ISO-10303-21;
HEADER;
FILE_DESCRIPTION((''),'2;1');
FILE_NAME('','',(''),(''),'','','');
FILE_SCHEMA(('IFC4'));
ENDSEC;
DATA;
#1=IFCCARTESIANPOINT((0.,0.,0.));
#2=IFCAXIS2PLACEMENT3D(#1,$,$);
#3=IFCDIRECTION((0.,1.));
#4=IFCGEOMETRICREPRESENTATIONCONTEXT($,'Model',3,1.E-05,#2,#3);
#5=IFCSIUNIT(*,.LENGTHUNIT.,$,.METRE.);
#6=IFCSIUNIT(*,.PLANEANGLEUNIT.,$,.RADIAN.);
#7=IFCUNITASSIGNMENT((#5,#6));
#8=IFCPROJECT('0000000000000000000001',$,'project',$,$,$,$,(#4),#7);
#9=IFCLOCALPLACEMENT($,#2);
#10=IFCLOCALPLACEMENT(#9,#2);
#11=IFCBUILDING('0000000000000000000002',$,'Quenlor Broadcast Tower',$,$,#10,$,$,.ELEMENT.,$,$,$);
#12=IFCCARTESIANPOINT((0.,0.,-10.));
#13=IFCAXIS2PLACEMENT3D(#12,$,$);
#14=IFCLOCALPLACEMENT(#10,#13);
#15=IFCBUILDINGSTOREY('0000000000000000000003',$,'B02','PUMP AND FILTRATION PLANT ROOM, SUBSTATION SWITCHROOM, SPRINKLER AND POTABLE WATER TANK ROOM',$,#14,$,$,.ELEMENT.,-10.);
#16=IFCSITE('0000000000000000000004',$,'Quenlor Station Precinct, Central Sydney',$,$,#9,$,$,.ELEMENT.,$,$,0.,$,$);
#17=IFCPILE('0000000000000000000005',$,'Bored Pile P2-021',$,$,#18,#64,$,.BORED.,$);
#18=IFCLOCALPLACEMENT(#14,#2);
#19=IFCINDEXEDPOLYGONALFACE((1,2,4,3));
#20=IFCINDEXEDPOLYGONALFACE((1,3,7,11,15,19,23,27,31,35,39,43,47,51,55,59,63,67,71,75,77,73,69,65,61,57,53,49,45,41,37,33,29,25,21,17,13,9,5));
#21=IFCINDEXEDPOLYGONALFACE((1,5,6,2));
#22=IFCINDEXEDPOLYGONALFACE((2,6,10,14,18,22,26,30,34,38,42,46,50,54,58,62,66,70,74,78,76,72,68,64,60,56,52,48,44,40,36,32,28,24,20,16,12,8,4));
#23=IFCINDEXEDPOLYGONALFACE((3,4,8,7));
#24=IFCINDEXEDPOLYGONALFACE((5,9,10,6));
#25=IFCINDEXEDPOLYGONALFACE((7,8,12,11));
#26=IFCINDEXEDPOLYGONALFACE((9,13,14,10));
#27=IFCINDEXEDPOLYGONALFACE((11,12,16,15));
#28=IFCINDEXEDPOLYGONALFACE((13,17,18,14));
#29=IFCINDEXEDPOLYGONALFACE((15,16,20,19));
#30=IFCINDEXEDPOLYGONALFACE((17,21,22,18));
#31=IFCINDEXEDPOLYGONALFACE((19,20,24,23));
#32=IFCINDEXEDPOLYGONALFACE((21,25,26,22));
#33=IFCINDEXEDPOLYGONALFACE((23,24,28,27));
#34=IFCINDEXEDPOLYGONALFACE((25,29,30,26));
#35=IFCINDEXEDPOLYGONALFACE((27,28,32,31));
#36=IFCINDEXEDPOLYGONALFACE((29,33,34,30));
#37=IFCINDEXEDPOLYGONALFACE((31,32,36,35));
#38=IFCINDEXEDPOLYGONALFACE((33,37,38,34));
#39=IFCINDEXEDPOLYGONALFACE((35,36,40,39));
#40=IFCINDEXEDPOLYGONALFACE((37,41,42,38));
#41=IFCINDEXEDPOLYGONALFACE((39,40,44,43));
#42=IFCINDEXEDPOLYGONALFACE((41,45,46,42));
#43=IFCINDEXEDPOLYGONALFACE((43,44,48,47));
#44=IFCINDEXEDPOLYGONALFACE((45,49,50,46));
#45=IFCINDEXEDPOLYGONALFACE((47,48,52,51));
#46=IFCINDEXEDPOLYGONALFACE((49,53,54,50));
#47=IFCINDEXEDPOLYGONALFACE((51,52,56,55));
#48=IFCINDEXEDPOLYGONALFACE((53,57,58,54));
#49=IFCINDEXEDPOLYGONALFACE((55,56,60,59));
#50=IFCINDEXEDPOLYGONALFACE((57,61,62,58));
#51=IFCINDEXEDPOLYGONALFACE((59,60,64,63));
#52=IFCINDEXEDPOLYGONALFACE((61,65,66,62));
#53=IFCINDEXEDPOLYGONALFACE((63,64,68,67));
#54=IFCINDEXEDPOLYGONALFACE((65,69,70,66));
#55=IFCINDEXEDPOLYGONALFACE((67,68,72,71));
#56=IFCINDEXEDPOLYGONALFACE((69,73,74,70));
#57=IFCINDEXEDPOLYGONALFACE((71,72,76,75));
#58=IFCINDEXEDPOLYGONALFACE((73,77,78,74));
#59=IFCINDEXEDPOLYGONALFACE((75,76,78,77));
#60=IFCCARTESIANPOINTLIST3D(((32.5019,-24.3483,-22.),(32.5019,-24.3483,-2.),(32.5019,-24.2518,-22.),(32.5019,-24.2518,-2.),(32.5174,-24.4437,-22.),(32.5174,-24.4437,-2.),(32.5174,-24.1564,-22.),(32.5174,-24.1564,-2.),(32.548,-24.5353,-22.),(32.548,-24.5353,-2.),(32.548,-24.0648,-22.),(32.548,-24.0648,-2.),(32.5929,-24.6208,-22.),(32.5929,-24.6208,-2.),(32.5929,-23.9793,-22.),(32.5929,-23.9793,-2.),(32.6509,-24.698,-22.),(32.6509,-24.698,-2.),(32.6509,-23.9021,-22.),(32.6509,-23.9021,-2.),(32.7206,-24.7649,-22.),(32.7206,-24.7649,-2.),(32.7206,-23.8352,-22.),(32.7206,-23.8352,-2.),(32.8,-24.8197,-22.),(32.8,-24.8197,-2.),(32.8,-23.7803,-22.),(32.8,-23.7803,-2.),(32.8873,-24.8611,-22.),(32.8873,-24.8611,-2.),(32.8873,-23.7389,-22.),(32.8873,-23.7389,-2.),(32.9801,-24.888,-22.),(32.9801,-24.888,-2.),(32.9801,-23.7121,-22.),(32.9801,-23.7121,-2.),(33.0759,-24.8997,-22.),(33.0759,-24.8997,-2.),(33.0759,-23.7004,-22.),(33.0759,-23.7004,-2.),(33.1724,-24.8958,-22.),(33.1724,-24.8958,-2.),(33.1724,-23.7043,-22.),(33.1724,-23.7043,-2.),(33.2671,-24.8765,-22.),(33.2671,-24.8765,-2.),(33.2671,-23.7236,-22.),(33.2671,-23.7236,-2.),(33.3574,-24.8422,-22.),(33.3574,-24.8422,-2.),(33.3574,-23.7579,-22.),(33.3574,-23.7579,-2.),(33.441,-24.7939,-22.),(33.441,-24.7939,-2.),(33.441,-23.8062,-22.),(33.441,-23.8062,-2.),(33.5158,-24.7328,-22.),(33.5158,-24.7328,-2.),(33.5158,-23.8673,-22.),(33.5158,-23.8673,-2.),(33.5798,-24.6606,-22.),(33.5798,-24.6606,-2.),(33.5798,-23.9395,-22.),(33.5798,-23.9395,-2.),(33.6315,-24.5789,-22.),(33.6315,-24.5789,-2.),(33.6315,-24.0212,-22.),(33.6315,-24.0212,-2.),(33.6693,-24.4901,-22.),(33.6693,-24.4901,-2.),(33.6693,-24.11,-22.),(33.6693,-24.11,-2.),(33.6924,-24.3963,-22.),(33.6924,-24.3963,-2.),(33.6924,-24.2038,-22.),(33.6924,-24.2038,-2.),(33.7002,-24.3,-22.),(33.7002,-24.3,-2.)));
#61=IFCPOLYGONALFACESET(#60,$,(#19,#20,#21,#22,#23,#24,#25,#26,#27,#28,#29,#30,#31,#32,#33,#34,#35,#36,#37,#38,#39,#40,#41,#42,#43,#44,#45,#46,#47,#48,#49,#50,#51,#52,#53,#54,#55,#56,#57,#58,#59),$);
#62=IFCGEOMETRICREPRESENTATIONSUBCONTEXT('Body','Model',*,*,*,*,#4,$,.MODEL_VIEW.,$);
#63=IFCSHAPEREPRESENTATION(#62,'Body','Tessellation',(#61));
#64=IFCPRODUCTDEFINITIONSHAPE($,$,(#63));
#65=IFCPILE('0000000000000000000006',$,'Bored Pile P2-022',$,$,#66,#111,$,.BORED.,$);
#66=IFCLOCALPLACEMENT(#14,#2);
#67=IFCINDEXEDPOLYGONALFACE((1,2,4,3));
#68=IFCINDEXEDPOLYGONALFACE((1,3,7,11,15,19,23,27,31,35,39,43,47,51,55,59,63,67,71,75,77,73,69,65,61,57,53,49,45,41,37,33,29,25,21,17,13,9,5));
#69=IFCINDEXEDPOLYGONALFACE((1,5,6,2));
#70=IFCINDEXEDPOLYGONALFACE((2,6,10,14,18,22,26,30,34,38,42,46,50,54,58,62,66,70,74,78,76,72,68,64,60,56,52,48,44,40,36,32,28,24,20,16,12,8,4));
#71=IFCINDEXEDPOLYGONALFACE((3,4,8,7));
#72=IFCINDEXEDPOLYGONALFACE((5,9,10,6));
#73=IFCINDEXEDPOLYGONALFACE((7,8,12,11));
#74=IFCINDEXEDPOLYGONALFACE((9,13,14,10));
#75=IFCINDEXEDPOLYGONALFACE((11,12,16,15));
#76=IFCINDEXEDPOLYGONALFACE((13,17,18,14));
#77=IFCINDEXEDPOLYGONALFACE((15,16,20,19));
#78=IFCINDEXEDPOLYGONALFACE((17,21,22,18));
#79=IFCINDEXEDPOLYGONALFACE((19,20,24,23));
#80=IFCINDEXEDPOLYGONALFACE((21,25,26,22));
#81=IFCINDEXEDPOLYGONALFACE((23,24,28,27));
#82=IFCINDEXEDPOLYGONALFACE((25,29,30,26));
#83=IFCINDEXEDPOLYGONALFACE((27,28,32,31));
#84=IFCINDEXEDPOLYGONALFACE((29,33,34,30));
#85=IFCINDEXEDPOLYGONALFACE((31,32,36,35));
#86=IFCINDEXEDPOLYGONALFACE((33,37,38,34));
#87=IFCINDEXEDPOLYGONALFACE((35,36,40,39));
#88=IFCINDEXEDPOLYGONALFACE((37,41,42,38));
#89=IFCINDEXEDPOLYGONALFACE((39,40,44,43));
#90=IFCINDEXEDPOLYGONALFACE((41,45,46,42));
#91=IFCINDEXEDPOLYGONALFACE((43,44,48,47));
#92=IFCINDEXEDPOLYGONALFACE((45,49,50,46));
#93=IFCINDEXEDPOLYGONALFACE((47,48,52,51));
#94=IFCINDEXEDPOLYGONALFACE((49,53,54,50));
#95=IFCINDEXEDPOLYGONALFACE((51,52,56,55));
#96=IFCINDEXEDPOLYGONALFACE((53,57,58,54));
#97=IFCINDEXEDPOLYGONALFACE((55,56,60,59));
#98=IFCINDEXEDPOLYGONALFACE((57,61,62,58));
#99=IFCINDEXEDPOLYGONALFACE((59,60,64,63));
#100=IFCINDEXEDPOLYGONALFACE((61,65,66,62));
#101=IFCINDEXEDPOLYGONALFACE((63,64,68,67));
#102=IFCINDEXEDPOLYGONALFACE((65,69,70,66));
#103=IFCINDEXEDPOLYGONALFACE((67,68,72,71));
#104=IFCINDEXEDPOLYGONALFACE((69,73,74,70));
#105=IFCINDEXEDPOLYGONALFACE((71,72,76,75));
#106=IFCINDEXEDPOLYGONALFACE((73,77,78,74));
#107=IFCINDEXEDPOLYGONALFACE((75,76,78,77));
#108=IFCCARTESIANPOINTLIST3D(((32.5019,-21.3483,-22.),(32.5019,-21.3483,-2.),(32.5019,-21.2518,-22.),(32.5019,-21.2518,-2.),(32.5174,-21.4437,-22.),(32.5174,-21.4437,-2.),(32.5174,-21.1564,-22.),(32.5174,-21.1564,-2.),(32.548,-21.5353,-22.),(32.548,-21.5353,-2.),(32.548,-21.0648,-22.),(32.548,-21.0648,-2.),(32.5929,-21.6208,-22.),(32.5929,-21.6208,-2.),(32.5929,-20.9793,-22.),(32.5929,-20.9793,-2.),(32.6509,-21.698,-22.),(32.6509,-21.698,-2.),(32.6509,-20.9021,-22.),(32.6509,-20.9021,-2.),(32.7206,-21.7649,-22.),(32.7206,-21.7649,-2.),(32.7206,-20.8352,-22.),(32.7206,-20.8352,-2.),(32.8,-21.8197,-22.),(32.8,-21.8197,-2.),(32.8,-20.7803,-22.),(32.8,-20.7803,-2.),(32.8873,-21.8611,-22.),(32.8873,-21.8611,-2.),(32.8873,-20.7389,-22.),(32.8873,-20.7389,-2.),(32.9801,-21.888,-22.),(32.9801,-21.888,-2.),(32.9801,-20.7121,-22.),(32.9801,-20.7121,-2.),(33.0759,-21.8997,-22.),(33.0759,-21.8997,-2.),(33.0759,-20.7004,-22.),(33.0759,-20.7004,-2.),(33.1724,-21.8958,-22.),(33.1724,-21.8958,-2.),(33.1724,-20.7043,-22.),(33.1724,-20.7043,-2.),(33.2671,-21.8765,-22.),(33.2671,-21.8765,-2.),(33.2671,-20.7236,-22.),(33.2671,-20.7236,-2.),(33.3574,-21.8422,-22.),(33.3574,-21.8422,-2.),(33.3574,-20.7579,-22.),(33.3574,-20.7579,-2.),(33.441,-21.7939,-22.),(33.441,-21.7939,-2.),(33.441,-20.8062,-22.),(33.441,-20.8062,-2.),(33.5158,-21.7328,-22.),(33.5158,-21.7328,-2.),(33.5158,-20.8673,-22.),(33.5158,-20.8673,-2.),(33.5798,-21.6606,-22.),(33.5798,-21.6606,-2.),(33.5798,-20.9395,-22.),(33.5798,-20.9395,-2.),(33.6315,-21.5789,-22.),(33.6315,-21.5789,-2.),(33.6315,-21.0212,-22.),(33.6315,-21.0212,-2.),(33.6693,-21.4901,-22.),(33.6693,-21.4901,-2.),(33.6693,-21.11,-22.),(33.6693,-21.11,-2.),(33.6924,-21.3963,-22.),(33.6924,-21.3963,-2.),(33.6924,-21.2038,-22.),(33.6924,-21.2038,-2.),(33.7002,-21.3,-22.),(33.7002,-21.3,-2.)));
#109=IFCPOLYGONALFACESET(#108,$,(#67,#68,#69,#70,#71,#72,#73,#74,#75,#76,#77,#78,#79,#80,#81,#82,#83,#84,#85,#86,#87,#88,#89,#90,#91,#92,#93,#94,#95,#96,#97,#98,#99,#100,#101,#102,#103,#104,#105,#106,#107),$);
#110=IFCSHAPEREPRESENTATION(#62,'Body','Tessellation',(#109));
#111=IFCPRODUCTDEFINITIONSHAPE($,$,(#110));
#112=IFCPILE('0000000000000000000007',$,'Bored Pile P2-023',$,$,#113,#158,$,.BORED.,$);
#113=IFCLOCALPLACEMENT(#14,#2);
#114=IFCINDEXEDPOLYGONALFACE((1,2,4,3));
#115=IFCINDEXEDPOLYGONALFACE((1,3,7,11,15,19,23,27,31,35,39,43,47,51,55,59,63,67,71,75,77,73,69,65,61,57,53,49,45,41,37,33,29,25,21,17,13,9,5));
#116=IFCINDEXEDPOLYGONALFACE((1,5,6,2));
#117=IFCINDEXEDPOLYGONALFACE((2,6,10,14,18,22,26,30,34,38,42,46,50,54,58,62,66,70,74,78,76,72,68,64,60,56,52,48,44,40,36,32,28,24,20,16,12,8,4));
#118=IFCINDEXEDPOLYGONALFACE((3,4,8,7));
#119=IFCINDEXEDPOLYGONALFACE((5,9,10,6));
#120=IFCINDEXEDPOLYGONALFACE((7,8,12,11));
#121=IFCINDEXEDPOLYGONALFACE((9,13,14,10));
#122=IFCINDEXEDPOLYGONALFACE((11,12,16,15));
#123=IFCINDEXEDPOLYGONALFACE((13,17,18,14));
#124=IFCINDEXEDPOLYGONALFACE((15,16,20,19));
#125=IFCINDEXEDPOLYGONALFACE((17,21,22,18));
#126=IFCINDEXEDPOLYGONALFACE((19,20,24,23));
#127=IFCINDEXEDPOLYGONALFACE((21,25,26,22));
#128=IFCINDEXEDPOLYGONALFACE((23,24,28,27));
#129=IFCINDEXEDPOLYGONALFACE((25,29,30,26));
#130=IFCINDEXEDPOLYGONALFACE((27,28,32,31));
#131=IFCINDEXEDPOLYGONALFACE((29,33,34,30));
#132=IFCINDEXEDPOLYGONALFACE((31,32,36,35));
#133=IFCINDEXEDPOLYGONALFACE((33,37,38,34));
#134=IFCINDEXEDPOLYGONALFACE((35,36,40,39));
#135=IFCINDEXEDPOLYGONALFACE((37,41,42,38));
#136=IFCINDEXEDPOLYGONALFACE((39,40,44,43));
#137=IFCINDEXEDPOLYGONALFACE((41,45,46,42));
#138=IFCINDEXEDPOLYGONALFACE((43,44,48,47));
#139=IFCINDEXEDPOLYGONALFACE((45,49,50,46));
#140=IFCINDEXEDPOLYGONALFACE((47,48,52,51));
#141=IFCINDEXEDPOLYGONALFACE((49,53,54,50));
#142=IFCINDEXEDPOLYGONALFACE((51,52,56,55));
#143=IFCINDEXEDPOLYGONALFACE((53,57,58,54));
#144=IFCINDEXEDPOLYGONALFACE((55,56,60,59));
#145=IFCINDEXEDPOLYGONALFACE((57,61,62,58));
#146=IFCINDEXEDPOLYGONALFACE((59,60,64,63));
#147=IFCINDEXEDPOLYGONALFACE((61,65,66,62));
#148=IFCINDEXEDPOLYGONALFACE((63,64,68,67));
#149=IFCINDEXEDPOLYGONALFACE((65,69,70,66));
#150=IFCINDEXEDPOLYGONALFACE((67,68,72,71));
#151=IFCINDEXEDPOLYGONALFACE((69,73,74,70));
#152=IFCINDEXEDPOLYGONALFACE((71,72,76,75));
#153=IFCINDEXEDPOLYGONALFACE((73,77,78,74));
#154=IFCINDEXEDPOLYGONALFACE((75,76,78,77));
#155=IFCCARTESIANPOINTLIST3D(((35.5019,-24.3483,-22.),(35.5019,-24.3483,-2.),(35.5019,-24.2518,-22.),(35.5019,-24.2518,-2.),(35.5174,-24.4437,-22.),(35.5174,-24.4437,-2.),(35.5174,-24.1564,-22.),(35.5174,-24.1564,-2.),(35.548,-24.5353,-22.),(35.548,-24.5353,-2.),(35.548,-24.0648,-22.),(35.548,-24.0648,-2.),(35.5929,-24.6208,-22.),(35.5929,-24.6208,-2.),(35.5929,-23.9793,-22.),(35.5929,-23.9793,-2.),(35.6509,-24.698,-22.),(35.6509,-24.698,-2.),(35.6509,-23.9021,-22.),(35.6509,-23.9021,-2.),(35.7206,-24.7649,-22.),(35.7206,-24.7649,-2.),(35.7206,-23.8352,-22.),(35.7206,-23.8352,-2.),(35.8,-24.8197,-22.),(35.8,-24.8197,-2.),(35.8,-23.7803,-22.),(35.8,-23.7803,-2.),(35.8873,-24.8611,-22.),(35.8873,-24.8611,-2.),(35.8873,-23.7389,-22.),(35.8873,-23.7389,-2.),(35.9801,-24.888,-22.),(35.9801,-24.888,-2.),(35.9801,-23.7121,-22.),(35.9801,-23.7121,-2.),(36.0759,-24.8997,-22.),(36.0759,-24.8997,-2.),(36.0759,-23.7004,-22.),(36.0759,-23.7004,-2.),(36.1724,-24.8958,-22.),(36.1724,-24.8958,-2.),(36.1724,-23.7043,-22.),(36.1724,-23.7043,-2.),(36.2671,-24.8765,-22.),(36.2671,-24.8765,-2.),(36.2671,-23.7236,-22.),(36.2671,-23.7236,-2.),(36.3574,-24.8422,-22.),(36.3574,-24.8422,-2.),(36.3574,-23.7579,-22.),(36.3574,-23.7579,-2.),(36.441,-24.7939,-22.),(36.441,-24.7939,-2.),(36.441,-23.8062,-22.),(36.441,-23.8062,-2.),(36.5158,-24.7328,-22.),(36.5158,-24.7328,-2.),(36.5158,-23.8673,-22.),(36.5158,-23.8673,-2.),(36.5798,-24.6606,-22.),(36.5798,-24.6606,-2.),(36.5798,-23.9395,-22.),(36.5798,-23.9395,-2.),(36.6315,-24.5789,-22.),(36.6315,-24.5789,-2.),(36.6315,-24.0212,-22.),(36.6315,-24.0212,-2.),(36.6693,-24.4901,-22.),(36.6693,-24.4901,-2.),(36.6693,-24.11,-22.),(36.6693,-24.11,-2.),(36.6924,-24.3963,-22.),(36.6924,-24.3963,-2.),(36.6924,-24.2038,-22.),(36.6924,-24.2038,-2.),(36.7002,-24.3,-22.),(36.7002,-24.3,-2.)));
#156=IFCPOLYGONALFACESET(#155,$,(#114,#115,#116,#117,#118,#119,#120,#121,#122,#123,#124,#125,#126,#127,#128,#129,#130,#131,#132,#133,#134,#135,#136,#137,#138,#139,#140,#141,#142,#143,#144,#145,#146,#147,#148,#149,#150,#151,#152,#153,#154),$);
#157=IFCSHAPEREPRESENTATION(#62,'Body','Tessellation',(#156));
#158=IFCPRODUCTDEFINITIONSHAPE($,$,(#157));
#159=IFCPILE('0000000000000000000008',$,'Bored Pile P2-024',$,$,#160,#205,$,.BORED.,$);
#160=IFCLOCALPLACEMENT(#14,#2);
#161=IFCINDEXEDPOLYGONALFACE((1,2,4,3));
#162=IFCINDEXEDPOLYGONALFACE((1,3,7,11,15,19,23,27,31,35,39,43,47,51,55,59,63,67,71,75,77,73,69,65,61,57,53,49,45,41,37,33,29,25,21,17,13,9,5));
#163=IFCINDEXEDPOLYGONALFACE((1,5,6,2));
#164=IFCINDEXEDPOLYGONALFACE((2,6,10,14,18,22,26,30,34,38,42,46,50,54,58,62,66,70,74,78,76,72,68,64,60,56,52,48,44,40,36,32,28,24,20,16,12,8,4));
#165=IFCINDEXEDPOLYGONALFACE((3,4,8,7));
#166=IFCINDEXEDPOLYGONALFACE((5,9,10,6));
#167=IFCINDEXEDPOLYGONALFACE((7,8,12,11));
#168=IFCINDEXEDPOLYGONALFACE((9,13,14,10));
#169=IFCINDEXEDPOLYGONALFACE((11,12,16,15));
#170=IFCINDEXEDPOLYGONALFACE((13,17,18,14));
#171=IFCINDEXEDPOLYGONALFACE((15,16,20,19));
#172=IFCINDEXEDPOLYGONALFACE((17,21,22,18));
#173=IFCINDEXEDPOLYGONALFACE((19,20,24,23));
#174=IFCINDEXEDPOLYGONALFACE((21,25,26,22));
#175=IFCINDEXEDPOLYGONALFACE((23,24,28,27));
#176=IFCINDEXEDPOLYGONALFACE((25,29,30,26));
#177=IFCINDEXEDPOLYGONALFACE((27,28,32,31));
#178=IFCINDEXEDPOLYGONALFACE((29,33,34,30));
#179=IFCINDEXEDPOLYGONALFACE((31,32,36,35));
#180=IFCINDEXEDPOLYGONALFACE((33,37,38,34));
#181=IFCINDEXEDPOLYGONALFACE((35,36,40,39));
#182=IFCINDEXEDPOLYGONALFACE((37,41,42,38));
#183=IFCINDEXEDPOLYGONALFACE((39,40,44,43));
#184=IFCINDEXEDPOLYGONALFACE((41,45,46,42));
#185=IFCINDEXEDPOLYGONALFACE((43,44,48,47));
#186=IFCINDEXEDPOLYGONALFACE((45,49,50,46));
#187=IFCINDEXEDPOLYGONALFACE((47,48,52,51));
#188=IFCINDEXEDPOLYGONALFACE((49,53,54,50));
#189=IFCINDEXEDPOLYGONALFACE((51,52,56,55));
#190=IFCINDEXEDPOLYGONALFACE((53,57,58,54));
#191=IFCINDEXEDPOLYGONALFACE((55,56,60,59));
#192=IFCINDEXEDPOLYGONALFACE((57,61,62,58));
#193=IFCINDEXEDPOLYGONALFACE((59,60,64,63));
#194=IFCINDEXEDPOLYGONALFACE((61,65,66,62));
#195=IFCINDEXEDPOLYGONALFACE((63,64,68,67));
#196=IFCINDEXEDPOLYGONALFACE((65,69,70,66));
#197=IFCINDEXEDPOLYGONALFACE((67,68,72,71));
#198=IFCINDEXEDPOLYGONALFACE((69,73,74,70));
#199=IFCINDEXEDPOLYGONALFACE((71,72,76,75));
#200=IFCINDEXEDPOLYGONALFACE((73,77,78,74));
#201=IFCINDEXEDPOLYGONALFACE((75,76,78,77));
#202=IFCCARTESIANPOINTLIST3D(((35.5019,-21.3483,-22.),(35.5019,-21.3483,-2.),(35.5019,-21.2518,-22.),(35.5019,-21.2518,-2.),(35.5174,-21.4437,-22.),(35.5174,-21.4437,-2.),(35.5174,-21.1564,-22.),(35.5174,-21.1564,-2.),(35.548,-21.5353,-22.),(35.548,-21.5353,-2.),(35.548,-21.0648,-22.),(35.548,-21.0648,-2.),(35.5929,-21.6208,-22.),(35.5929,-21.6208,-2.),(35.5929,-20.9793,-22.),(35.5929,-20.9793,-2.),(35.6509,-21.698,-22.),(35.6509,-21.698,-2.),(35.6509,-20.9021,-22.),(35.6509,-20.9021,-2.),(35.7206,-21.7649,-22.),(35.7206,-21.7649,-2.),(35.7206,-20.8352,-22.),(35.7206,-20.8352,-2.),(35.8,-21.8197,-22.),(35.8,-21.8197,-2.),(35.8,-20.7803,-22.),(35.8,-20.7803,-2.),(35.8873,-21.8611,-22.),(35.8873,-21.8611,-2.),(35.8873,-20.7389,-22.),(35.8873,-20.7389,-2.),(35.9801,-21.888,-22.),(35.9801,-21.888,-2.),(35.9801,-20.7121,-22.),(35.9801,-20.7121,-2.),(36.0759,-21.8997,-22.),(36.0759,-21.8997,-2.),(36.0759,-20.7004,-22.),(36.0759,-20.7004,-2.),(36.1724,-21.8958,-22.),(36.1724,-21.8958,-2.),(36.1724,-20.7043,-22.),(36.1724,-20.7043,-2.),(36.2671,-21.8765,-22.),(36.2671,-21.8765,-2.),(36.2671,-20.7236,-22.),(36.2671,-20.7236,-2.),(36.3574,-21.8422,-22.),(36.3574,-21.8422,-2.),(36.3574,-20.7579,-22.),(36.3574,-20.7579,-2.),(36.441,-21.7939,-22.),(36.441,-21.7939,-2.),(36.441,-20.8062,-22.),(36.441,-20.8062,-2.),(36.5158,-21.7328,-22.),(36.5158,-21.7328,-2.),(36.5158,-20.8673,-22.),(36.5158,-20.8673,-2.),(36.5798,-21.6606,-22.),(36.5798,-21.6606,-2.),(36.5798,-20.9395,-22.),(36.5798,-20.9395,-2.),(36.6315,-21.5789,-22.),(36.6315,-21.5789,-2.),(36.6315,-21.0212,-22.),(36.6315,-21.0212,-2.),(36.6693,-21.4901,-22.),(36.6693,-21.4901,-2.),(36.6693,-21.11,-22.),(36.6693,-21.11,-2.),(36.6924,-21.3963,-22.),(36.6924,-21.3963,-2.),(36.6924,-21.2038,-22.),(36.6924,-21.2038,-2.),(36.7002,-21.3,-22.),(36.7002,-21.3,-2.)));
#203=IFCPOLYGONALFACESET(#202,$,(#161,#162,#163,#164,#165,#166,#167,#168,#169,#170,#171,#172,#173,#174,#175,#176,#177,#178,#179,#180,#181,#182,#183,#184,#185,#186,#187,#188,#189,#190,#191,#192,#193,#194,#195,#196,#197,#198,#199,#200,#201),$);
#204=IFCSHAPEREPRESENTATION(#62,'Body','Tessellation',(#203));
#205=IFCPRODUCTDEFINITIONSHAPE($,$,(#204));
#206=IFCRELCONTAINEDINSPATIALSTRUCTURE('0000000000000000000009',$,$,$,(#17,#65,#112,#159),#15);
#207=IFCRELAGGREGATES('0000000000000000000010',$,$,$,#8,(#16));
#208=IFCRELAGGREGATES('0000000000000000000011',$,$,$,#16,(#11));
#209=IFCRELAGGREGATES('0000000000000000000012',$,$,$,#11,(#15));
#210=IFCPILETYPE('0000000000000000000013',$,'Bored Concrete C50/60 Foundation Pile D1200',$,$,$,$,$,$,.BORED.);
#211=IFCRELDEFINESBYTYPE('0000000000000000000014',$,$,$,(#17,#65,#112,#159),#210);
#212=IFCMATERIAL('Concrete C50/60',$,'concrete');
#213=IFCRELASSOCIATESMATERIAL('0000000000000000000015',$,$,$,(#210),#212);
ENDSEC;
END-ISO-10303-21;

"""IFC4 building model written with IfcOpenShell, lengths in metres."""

from ifc_helpers import new_model, si_unit, direction, frame, origin, origin_2d, place, context, subcontext, project, spatial, circle, extrude, material, material_profile, profile_set, type_object, element, save


model = new_model("IFC4")

# Units and contexts
model_context = context("Model", 3, precision=1e-05, world=origin(), true_north=direction((0.0, 1.0)))
body_context = subcontext(model_context, "Body", "Model", "MODEL_VIEW")
ifc_project = project(units=[si_unit("LENGTHUNIT", "METRE"), si_unit("PLANEANGLEUNIT", "RADIAN")], contexts=[model_context])

# Site, building, storey
site_placement = place(None, origin())
site = spatial("IfcSite", under=ifc_project, at=site_placement, Name="Quenlor Station Precinct, Central Sydney", CompositionType="ELEMENT", RefElevation=0.0)
building_placement = place(site_placement, origin())
building = spatial("IfcBuilding", under=site, at=building_placement, Name="Quenlor Broadcast Tower", CompositionType="ELEMENT")
storey_placement = place(building_placement, frame((0.0, 0.0, -10.0)))
storey = spatial("IfcBuildingStorey", under=building, at=storey_placement, Name="B02", Description="PUMP AND FILTRATION PLANT ROOM, SUBSTATION SWITCHROOM, SPRINKLER AND POTABLE WATER TANK ROOM", CompositionType="ELEMENT", Elevation=-10.0)

# Piles
ifc_material_1 = material(Name="Concrete C50/60", Category="concrete")
ifc_material_profile_1 = material_profile(ifc_material_1, circle(Radius=0.6001, at=origin_2d()))
ifc_profile_set_1 = profile_set([ifc_material_profile_1], Name="Concrete C50/60 PILE1200")
pile_type = type_object("IfcPileType", Name="Bored Concrete C50/60 Foundation Pile D1200", PredefinedType="BORED", material=ifc_profile_set_1)
for number, where, z_axis, x_axis, name in (
    (1, (33.1001, -24.3, -2.0), (0.0, 0.0, -1.0), (1.0, 0.0, 0.0), "Bored Pile P2-021"),
    (2, (33.1001, -21.3, -2.0), (0.0, 0.0, -1.0), (1.0, 0.0, 0.0), "Bored Pile P2-022"),
    (3, (36.1001, -24.3, -2.0), (0.0, 0.0, -1.0), (1.0, 0.0, 0.0), "Bored Pile P2-023"),
    (4, (36.1001, -21.3, -2.0), (0.0, 0.0, -1.0), (1.0, 0.0, 0.0), "Bored Pile P2-024"),
):
    element("IfcPile", number, at=place(storey_placement, frame(where, z_axis=z_axis, x_axis=x_axis)), inside=storey, type_object=pile_type, Name=name, PredefinedType="BORED", context=body_context, shape_type="SweptSolid", body=[
        extrude(circle(Radius=0.6001, at=origin_2d()), origin(), (0.0, 0.0, 1.0), 20.0),
    ])

save(model, "model.ifc")
